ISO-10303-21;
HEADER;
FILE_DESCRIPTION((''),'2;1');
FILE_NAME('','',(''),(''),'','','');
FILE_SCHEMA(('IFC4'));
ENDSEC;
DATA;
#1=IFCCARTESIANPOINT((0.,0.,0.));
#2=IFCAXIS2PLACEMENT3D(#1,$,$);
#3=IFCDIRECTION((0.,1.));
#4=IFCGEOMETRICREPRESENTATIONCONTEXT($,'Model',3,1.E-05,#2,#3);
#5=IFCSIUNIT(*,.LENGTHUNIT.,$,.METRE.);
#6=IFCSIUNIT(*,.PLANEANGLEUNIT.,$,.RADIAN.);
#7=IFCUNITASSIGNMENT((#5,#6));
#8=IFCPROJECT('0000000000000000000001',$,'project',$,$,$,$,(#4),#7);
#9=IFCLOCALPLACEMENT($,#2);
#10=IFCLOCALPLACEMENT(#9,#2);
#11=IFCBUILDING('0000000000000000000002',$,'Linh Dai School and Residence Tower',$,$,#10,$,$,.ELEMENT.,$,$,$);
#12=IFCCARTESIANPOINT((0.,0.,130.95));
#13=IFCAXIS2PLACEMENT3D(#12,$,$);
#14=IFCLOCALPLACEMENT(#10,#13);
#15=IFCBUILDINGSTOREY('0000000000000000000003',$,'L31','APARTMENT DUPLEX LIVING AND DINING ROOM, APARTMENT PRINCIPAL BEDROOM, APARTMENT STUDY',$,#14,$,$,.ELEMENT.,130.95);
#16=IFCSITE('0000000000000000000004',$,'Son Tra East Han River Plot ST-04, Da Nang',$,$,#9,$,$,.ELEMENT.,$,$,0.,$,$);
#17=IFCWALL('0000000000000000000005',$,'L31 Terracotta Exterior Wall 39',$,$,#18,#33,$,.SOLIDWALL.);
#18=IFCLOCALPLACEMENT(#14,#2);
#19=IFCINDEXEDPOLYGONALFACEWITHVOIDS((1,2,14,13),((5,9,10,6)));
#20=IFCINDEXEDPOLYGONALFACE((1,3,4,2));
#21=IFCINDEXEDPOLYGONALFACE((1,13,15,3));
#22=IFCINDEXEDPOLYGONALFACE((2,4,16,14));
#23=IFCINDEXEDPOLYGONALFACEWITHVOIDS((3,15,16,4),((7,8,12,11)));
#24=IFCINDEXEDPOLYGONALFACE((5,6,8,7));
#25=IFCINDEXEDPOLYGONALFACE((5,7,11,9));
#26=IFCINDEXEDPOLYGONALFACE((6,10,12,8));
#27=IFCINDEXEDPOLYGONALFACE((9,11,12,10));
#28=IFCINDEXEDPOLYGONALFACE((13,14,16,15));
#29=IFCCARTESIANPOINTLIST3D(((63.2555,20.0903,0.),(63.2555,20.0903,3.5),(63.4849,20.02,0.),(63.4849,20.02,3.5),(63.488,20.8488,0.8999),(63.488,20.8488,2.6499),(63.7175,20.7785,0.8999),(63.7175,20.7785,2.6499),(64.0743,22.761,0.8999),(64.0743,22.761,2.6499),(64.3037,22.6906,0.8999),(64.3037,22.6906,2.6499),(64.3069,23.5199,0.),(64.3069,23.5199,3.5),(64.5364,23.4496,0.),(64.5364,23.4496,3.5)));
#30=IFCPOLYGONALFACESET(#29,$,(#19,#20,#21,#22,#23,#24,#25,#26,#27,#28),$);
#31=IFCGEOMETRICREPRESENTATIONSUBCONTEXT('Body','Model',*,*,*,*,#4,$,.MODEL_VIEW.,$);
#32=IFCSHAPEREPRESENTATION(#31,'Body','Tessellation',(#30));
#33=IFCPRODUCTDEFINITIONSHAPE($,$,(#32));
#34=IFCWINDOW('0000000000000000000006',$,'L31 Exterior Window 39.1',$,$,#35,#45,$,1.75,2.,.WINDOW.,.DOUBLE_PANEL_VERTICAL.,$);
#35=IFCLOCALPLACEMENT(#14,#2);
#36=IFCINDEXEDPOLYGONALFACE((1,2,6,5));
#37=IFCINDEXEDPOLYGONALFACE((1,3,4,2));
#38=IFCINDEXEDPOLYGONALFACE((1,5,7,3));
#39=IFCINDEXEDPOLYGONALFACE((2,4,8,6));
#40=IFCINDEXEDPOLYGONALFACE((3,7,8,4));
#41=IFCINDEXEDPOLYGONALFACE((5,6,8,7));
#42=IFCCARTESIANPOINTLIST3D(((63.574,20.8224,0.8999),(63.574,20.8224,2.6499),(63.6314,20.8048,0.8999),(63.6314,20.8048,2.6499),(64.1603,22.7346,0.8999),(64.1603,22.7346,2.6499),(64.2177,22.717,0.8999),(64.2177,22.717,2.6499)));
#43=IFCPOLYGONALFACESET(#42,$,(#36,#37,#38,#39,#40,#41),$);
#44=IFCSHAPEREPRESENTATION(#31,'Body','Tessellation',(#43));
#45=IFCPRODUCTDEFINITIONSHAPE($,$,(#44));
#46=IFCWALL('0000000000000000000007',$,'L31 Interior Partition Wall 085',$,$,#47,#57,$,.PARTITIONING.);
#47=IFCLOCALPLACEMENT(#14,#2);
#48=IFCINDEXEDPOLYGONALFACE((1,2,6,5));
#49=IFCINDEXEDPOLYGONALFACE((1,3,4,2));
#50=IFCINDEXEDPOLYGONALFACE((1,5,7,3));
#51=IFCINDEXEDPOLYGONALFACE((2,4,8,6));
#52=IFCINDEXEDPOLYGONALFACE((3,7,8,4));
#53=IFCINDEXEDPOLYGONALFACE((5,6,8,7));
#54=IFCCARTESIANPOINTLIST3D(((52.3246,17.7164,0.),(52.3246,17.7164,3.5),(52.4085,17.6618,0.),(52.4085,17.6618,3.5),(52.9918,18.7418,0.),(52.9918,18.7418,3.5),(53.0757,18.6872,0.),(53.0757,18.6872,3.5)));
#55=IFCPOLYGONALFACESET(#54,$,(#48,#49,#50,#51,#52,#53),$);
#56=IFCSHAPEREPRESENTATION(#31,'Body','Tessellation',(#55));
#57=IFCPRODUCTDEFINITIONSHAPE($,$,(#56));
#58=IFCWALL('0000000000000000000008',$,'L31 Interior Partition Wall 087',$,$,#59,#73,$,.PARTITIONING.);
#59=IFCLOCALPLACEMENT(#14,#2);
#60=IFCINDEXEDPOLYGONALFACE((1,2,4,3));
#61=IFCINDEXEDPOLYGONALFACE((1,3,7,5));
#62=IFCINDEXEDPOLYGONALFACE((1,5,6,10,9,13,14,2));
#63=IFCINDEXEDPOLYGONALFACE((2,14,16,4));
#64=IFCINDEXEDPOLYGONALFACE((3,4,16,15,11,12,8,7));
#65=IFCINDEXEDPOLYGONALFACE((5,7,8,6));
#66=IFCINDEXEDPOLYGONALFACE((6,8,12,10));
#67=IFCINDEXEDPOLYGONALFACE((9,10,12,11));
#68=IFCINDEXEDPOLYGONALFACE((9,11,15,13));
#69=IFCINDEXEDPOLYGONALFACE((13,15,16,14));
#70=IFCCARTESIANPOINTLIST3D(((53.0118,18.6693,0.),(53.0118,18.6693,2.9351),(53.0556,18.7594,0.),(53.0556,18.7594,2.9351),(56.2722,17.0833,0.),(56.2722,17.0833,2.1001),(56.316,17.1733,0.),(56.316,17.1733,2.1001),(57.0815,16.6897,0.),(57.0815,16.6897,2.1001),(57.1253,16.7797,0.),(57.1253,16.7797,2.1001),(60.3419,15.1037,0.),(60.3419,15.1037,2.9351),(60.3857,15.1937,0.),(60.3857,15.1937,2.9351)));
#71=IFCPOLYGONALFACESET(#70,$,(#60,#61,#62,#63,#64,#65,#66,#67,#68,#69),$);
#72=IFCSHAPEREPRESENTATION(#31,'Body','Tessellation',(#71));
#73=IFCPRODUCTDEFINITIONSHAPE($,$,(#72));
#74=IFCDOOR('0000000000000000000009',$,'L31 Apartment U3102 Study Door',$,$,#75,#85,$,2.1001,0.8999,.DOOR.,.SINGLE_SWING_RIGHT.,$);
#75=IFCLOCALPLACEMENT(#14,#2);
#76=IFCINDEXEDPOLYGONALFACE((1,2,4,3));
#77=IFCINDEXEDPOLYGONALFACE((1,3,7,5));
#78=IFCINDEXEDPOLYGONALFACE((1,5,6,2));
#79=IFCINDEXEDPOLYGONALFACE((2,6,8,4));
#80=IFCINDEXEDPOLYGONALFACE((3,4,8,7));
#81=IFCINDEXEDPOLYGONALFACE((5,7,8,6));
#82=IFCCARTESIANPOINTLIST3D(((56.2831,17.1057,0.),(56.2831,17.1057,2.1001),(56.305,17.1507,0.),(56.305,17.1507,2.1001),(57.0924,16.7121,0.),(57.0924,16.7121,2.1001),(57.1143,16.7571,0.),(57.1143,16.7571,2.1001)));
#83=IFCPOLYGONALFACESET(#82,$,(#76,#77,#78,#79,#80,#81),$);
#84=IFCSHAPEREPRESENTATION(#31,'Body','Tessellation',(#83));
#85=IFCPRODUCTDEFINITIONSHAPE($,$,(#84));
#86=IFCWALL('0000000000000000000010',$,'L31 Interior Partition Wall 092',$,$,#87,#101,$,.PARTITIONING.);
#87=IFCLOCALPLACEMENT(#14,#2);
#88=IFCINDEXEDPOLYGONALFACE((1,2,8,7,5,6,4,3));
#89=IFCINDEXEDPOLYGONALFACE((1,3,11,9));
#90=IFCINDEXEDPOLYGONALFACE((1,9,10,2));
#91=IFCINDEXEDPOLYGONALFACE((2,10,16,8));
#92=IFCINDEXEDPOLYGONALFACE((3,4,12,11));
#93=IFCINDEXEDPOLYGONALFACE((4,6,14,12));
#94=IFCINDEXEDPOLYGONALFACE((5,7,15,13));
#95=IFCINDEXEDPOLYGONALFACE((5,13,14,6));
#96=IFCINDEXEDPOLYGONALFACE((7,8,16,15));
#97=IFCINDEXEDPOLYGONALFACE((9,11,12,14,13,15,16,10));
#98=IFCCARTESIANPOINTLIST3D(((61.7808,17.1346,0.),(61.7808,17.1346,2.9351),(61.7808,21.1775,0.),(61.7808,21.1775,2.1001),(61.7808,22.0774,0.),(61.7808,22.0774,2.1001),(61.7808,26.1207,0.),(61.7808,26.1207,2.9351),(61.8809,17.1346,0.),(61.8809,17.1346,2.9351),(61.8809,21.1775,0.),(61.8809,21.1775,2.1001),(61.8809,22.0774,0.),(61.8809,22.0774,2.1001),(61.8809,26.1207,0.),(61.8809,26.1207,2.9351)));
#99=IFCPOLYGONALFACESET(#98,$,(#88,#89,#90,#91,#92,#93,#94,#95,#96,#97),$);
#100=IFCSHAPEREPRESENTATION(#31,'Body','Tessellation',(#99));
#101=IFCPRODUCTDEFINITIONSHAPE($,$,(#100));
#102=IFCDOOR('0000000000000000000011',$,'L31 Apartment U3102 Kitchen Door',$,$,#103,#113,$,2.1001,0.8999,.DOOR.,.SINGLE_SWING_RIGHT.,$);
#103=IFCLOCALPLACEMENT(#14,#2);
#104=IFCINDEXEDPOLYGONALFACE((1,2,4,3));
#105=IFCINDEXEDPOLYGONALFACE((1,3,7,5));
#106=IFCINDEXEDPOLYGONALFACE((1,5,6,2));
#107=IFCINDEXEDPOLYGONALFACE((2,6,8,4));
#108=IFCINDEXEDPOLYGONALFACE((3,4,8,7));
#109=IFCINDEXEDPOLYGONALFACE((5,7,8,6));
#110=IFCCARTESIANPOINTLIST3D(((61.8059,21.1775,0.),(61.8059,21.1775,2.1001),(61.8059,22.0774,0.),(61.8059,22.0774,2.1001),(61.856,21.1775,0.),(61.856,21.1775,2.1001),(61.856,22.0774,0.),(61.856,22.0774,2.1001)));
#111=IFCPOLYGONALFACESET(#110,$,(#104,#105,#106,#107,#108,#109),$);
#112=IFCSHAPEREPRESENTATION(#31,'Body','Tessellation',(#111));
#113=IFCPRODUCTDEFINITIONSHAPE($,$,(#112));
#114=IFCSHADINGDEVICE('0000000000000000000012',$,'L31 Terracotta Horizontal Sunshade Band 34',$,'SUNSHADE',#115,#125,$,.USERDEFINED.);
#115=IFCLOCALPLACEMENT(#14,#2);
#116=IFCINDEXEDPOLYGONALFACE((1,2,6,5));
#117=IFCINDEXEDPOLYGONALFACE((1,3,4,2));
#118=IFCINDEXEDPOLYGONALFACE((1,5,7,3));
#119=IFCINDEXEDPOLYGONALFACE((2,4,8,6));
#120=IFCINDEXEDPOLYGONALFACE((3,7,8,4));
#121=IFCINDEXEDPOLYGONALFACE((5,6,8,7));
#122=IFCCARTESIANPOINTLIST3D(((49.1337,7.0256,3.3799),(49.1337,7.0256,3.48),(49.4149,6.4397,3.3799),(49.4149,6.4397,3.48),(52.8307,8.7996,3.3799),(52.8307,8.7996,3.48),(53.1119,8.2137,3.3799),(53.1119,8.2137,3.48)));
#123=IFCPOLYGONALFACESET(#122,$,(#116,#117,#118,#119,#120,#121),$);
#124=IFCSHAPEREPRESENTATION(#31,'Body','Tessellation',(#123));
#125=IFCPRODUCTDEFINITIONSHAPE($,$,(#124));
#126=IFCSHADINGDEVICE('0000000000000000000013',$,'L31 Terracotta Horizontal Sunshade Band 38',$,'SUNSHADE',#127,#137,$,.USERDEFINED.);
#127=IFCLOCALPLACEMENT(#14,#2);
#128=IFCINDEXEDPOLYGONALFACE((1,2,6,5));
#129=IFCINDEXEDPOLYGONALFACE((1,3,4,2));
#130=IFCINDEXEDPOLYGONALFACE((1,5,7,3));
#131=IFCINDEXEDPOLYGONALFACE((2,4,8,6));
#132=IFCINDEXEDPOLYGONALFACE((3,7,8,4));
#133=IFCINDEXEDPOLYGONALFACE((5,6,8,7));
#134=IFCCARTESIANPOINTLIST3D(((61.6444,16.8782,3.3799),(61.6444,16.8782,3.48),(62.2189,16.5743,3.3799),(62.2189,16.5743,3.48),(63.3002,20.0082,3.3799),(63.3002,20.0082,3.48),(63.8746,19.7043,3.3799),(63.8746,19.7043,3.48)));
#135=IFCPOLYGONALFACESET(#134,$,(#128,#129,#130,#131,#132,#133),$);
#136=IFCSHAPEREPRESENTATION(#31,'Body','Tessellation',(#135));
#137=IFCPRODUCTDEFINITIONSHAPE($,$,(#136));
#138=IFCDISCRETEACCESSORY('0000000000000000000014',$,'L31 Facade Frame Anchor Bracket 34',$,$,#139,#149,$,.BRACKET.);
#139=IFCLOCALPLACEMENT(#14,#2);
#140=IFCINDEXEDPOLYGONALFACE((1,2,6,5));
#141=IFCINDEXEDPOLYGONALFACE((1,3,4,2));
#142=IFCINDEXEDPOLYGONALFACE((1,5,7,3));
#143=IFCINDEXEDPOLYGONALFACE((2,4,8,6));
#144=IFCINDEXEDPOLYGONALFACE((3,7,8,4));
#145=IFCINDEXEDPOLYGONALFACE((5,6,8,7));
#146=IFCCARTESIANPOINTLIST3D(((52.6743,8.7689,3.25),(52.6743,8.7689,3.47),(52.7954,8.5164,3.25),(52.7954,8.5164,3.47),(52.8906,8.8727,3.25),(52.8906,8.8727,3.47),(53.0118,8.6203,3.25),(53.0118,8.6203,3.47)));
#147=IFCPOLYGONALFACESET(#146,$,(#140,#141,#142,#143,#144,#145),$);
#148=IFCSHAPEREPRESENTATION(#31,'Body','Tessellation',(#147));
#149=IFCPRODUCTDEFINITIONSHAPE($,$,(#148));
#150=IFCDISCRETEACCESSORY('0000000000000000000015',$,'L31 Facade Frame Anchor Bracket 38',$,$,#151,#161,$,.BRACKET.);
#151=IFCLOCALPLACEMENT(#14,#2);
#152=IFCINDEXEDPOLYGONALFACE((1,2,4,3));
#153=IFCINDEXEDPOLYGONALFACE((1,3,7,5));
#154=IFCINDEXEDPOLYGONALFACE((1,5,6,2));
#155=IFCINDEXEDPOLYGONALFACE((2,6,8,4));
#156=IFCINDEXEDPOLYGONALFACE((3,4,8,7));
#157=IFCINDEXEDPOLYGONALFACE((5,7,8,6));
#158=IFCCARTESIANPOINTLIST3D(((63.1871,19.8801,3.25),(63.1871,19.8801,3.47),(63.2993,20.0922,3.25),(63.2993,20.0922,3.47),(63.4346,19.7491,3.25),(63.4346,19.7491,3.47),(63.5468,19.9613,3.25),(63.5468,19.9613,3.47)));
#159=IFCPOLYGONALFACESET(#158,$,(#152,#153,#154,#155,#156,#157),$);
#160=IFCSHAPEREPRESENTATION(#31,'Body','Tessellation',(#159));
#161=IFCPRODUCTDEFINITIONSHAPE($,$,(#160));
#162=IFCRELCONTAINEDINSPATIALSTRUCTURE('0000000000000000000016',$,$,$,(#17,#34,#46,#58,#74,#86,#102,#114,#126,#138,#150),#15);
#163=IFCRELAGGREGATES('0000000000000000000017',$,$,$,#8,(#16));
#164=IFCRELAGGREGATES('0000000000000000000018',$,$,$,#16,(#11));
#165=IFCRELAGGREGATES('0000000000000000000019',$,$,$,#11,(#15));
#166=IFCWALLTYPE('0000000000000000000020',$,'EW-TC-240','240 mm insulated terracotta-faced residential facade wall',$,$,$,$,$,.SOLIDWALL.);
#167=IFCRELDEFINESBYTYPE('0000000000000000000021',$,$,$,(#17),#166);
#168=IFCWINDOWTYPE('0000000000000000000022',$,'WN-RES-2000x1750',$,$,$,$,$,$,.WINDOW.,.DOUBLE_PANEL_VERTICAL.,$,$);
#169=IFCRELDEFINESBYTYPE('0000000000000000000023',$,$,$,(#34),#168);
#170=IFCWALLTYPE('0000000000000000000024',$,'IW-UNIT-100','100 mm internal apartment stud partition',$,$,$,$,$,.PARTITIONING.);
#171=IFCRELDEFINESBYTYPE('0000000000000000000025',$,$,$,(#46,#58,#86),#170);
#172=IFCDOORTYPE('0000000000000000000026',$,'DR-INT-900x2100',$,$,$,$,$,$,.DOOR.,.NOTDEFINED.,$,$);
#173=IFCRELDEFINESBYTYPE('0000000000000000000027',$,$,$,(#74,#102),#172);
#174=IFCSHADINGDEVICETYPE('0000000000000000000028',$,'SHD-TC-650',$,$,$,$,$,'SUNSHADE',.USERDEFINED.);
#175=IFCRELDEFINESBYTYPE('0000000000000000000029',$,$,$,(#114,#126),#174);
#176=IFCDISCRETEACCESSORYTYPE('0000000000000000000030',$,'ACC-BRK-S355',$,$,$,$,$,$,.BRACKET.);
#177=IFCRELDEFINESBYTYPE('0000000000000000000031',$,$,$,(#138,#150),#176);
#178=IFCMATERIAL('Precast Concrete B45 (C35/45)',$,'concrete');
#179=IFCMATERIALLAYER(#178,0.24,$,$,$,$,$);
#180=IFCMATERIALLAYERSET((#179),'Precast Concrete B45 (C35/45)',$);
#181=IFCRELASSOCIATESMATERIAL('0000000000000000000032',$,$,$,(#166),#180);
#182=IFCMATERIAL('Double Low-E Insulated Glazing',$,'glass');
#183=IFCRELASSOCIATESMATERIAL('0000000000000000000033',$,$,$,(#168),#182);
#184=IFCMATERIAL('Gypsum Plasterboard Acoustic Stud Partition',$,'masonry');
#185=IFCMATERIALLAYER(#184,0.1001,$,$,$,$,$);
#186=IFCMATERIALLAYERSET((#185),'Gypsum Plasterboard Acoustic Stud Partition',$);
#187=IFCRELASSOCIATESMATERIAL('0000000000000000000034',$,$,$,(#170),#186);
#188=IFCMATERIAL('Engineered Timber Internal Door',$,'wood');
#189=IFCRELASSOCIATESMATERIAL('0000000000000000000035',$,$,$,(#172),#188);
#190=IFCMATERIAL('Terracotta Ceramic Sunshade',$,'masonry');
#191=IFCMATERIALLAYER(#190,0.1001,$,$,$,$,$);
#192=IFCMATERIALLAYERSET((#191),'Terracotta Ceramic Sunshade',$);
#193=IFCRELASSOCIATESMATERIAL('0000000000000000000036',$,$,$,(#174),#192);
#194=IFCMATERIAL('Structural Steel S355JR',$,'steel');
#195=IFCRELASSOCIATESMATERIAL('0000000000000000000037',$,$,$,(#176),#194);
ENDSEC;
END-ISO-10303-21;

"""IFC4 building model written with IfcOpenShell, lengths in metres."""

from ifc_helpers import new_model, si_unit, direction, frame, frame_2d, origin, origin_2d, place, context, subcontext, project, spatial, rectangle, extrude, source, transform, mapped, material, layer, layer_set, type_object, element, fill, save


model = new_model("IFC4")

# Units and contexts
model_context = context("Model", 3, precision=1e-05, world=origin(), true_north=direction((0.0, 1.0)))
body_context = subcontext(model_context, "Body", "Model", "MODEL_VIEW")
ifc_project = project(units=[si_unit("LENGTHUNIT", "METRE"), si_unit("PLANEANGLEUNIT", "RADIAN")], contexts=[model_context])

# Site, building, storey
site_placement = place(None, origin())
site = spatial("IfcSite", under=ifc_project, at=site_placement, Name="Son Tra East Han River Plot ST-04, Da Nang", CompositionType="ELEMENT", RefElevation=0.0)
building_placement = place(site_placement, origin())
building = spatial("IfcBuilding", under=site, at=building_placement, Name="Linh Dai School and Residence Tower", CompositionType="ELEMENT")
storey_placement = place(building_placement, frame((0.0, 0.0, 130.95)))
storey = spatial("IfcBuildingStorey", under=building, at=storey_placement, Name="L31", Description="APARTMENT DUPLEX LIVING AND DINING ROOM, APARTMENT PRINCIPAL BEDROOM, APARTMENT STUDY", CompositionType="ELEMENT", Elevation=130.95)

# Shared definitions
ifc_material_1 = material(Name="Structural Steel S355JR", Category="steel")

# Shared definitions
ifc_material_2 = material(Name="Precast Concrete B45 (C35/45)", Category="concrete")

# Wall, opening, window
ifc_layer_1 = layer(ifc_material_2, 0.24)
ifc_layer_set_1 = layer_set([ifc_layer_1], Name="Precast Concrete B45 (C35/45)")
wall_type_1 = type_object("IfcWallType", Name="EW-TC-240", Description="240 mm insulated terracotta-faced residential facade wall", PredefinedType="SOLIDWALL", material=ifc_layer_set_1)
ifc_material_3 = material(Name="Double Low-E Insulated Glazing", Category="glass")
window_type_1 = type_object("IfcWindowType", Name="WN-RES-2000x1750", PartitioningType="DOUBLE_PANEL_VERTICAL", PredefinedType="WINDOW", material=ifc_material_3)
shared_shape_1 = source(origin(), body_context, "Body", "SweptSolid", [
    extrude(rectangle(XDim=2.0, YDim=1.75, at=origin_2d()), frame((1.0, 0.03, 0.875), z_axis=(0.0, -1.0, 0.0), x_axis=(1.0, 0.0, 0.0)), (0.0, 0.0, 1.0), 0.0601),
])
wall_1_placement = place(storey_placement, frame((64.4216, 23.4846, 0.0), z_axis=(0.0, 0.0, 1.0), x_axis=(-0.293124, -0.956074, 0.0)))
wall_1 = element("IfcWall", 1, at=wall_1_placement, inside=storey, type_object=wall_type_1, Name="L31 Terracotta Exterior Wall 39", PredefinedType="SOLIDWALL", context=body_context, shape_type="SweptSolid", body=[
    extrude(rectangle(XDim=3.5872, YDim=0.24, at=frame_2d((1.7935, 0.0))), origin(), (0.0, 0.0, 1.0), 3.5),
])
opening_1_placement = place(wall_1_placement, frame((0.7937, 0.0, 0.8999)))
opening_1 = element("IfcOpeningElement", 2, at=opening_1_placement, cuts=wall_1, PredefinedType="OPENING", context=body_context, shape_type="SweptSolid", body=[
    extrude(rectangle(XDim=2.0, YDim=1.75, at=origin_2d()), frame((1.0, 0.1299, 0.875), z_axis=(0.0, -1.0, 0.0), x_axis=(1.0, 0.0, 0.0)), (0.0, 0.0, 1.0), 0.26),
])
window_1_placement = place(opening_1_placement, origin())
window_1 = element("IfcWindow", 3, at=window_1_placement, inside=storey, type_object=window_type_1, Name="L31 Exterior Window 39.1", OverallHeight=1.75, OverallWidth=2.0, PartitioningType="DOUBLE_PANEL_VERTICAL", PredefinedType="WINDOW", context=body_context, shape_type="MappedRepresentation", body=[
    mapped(shared_shape_1, transform((0.0, 0.0, 0.0), x_axis=(1.0, 0.0, 0.0), y_axis=(0.0, 1.0, 0.0), z_axis=(0.0, 0.0, 1.0), scale=1.0)),
])
fill(opening_1, window_1)

# Wall
ifc_material_4 = material(Name="Gypsum Plasterboard Acoustic Stud Partition", Category="masonry")
ifc_layer_2 = layer(ifc_material_4, 0.1001)
ifc_layer_set_2 = layer_set([ifc_layer_2], Name="Gypsum Plasterboard Acoustic Stud Partition")
wall_type_2 = type_object("IfcWallType", Name="IW-UNIT-100", Description="100 mm internal apartment stud partition", PredefinedType="PARTITIONING", material=ifc_layer_set_2)
wall_2_placement = place(storey_placement, frame((52.3665, 17.689, 0.0), z_axis=(0.0, 0.0, 1.0), x_axis=(0.545409, 0.83817, 0.0)))
element("IfcWall", 4, at=wall_2_placement, inside=storey, type_object=wall_type_2, Name="L31 Interior Partition Wall 085", PredefinedType="PARTITIONING", context=body_context, shape_type="SweptSolid", body=[
    extrude(rectangle(XDim=1.2234, YDim=0.1001, at=frame_2d((0.6118, 0.0))), origin(), (0.0, 0.0, 1.0), 3.5),
])

# Walls, openings, doors
wall_3_placement = place(storey_placement, frame((53.0337, 18.7144, 0.0), z_axis=(0.0, 0.0, 1.0), x_axis=(0.89925, -0.437435, 0.0)))
wall_3 = element("IfcWall", 5, at=wall_3_placement, inside=storey, type_object=wall_type_2, Name="L31 Interior Partition Wall 087", PredefinedType="PARTITIONING", context=body_context, shape_type="SweptSolid", body=[
    extrude(rectangle(XDim=8.1514, YDim=0.1001, at=frame_2d((4.0757, 0.0))), origin(), (0.0, 0.0, 1.0), 2.9351),
])
opening_2_placement = place(wall_3_placement, frame((3.6257, 0.0, 0.0)))
opening_2 = element("IfcOpeningElement", 6, at=opening_2_placement, cuts=wall_3, PredefinedType="OPENING", context=body_context, shape_type="SweptSolid", body=[
    extrude(rectangle(XDim=0.8999, YDim=2.1001, at=origin_2d()), frame((0.45, 0.0601, 1.05), z_axis=(0.0, -1.0, 0.0), x_axis=(1.0, 0.0, 0.0)), (0.0, 0.0, 1.0), 0.1201),
])
ifc_material_5 = material(Name="Engineered Timber Internal Door", Category="wood")
door_type = type_object("IfcDoorType", Name="DR-INT-900x2100", OperationType="NOTDEFINED", PredefinedType="DOOR", material=ifc_material_5)
shared_shape_2 = source(origin(), body_context, "Body", "SweptSolid", [
    extrude(rectangle(XDim=0.8999, YDim=2.1001, at=origin_2d()), frame((0.45, 0.0249, 1.05), z_axis=(0.0, -1.0, 0.0), x_axis=(1.0, 0.0, 0.0)), (0.0, 0.0, 1.0), 0.05),
])
door_1_placement = place(opening_2_placement, origin())
door_1 = element("IfcDoor", 7, at=door_1_placement, inside=storey, type_object=door_type, Name="L31 Apartment U3102 Study Door", OperationType="SINGLE_SWING_RIGHT", OverallHeight=2.1001, OverallWidth=0.8999, PredefinedType="DOOR", context=body_context, shape_type="MappedRepresentation", body=[
    mapped(shared_shape_2, transform((0.0, 0.0, 0.0), x_axis=(1.0, 0.0, 0.0), y_axis=(0.0, 1.0, 0.0), z_axis=(0.0, 0.0, 1.0), scale=1.0)),
])
fill(opening_2, door_1)
wall_4_placement = place(storey_placement, frame((61.8308, 17.1345, 0.0), z_axis=(0.0, 0.0, 1.0), x_axis=(0.0, 1.0, 0.0)))
wall_4 = element("IfcWall", 8, at=wall_4_placement, inside=storey, type_object=wall_type_2, Name="L31 Interior Partition Wall 092", PredefinedType="PARTITIONING", context=body_context, shape_type="SweptSolid", body=[
    extrude(rectangle(XDim=8.9861, YDim=0.1001, at=frame_2d((4.4932, 0.0))), origin(), (0.0, 0.0, 1.0), 2.9351),
])
opening_3_placement = place(wall_4_placement, frame((4.043, 0.0, 0.0)))
opening_3 = element("IfcOpeningElement", 9, at=opening_3_placement, cuts=wall_4, PredefinedType="OPENING", context=body_context, shape_type="SweptSolid", body=[
    extrude(rectangle(XDim=0.8999, YDim=2.1001, at=origin_2d()), frame((0.45, 0.0601, 1.05), z_axis=(0.0, -1.0, 0.0), x_axis=(1.0, 0.0, 0.0)), (0.0, 0.0, 1.0), 0.1201),
])
door_2_placement = place(opening_3_placement, origin())
door_2 = element("IfcDoor", 10, at=door_2_placement, inside=storey, type_object=door_type, Name="L31 Apartment U3102 Kitchen Door", OperationType="SINGLE_SWING_RIGHT", OverallHeight=2.1001, OverallWidth=0.8999, PredefinedType="DOOR", context=body_context, shape_type="MappedRepresentation", body=[
    mapped(shared_shape_2, transform((0.0, 0.0, 0.0), x_axis=(1.0, 0.0, 0.0), y_axis=(0.0, 1.0, 0.0), z_axis=(0.0, 0.0, 1.0), scale=1.0)),
])
fill(opening_3, door_2)

# Shading devices
ifc_material_6 = material(Name="Terracotta Ceramic Sunshade", Category="masonry")
ifc_layer_3 = layer(ifc_material_6, 0.1001)
ifc_layer_set_3 = layer_set([ifc_layer_3], Name="Terracotta Ceramic Sunshade")
shading_device_type = type_object("IfcShadingDeviceType", Name="SHD-TC-650", ElementType="SUNSHADE", PredefinedType="USERDEFINED", material=ifc_layer_set_3)
shared_shape_3 = source(origin(), body_context, "Body", "SweptSolid", [
    extrude(rectangle(XDim=4.1006, YDim=0.6499, at=origin_2d()), origin(), (0.0, 0.0, 1.0), 0.1001),
])
shading_device_1_placement = place(storey_placement, frame((51.1228, 7.6196, 3.3799), z_axis=(0.0, 0.0, 1.0), x_axis=(-0.901578, -0.432618, 0.0)))
element("IfcShadingDevice", 11, at=shading_device_1_placement, inside=storey, type_object=shading_device_type, Name="L31 Terracotta Horizontal Sunshade Band 34", ObjectType="SUNSHADE", PredefinedType="USERDEFINED", context=body_context, shape_type="MappedRepresentation", body=[
    mapped(shared_shape_3, transform((0.0, 0.0, 0.0), x_axis=(1.0, 0.0, 0.0), y_axis=(0.0, 1.0, 0.0), z_axis=(0.0, 0.0, 1.0), scale=1.0)),
])
shared_shape_4 = source(origin(), body_context, "Body", "SweptSolid", [
    extrude(rectangle(XDim=3.541, YDim=0.6499, at=origin_2d()), origin(), (0.0, 0.0, 1.0), 0.1001),
])
shading_device_2_placement = place(storey_placement, frame((62.7595, 18.2913, 3.3799), z_axis=(0.0, 0.0, 1.0), x_axis=(-0.467596, -0.883942, 0.0)))
element("IfcShadingDevice", 12, at=shading_device_2_placement, inside=storey, type_object=shading_device_type, Name="L31 Terracotta Horizontal Sunshade Band 38", ObjectType="SUNSHADE", PredefinedType="USERDEFINED", context=body_context, shape_type="MappedRepresentation", body=[
    mapped(shared_shape_4, transform((0.0, 0.0, 0.0), x_axis=(1.0, 0.0, 0.0), y_axis=(0.0, 1.0, 0.0), z_axis=(0.0, 0.0, 1.0), scale=1.0)),
])

# Discrete accessories
discrete_accessory_type = type_object("IfcDiscreteAccessoryType", Name="ACC-BRK-S355", PredefinedType="BRACKET", material=ifc_material_1)
shared_shape_5 = source(origin(), body_context, "Body", "SweptSolid", [
    extrude(rectangle(XDim=0.28, YDim=0.24, at=origin_2d()), origin(), (0.0, 0.0, 1.0), 0.22),
])
for number, where, z_axis, x_axis, name in (
    (13, (52.843, 8.6946, 3.25), (0.0, 0.0, 1.0), (0.432618, -0.901578, 0.0), "L31 Facade Frame Anchor Bracket 34"),
    (14, (63.3669, 19.9207, 3.25), (0.0, 0.0, 1.0), (0.883942, -0.467596, 0.0), "L31 Facade Frame Anchor Bracket 38"),
):
    element("IfcDiscreteAccessory", number, at=place(storey_placement, frame(where, z_axis=z_axis, x_axis=x_axis)), inside=storey, type_object=discrete_accessory_type, Name=name, PredefinedType="BRACKET", context=body_context, shape_type="MappedRepresentation", body=[
        mapped(shared_shape_5, transform((0.0, 0.0, 0.0), x_axis=(1.0, 0.0, 0.0), y_axis=(0.0, 1.0, 0.0), z_axis=(0.0, 0.0, 1.0), scale=1.0)),
    ])

save(model, "model.ifc")
